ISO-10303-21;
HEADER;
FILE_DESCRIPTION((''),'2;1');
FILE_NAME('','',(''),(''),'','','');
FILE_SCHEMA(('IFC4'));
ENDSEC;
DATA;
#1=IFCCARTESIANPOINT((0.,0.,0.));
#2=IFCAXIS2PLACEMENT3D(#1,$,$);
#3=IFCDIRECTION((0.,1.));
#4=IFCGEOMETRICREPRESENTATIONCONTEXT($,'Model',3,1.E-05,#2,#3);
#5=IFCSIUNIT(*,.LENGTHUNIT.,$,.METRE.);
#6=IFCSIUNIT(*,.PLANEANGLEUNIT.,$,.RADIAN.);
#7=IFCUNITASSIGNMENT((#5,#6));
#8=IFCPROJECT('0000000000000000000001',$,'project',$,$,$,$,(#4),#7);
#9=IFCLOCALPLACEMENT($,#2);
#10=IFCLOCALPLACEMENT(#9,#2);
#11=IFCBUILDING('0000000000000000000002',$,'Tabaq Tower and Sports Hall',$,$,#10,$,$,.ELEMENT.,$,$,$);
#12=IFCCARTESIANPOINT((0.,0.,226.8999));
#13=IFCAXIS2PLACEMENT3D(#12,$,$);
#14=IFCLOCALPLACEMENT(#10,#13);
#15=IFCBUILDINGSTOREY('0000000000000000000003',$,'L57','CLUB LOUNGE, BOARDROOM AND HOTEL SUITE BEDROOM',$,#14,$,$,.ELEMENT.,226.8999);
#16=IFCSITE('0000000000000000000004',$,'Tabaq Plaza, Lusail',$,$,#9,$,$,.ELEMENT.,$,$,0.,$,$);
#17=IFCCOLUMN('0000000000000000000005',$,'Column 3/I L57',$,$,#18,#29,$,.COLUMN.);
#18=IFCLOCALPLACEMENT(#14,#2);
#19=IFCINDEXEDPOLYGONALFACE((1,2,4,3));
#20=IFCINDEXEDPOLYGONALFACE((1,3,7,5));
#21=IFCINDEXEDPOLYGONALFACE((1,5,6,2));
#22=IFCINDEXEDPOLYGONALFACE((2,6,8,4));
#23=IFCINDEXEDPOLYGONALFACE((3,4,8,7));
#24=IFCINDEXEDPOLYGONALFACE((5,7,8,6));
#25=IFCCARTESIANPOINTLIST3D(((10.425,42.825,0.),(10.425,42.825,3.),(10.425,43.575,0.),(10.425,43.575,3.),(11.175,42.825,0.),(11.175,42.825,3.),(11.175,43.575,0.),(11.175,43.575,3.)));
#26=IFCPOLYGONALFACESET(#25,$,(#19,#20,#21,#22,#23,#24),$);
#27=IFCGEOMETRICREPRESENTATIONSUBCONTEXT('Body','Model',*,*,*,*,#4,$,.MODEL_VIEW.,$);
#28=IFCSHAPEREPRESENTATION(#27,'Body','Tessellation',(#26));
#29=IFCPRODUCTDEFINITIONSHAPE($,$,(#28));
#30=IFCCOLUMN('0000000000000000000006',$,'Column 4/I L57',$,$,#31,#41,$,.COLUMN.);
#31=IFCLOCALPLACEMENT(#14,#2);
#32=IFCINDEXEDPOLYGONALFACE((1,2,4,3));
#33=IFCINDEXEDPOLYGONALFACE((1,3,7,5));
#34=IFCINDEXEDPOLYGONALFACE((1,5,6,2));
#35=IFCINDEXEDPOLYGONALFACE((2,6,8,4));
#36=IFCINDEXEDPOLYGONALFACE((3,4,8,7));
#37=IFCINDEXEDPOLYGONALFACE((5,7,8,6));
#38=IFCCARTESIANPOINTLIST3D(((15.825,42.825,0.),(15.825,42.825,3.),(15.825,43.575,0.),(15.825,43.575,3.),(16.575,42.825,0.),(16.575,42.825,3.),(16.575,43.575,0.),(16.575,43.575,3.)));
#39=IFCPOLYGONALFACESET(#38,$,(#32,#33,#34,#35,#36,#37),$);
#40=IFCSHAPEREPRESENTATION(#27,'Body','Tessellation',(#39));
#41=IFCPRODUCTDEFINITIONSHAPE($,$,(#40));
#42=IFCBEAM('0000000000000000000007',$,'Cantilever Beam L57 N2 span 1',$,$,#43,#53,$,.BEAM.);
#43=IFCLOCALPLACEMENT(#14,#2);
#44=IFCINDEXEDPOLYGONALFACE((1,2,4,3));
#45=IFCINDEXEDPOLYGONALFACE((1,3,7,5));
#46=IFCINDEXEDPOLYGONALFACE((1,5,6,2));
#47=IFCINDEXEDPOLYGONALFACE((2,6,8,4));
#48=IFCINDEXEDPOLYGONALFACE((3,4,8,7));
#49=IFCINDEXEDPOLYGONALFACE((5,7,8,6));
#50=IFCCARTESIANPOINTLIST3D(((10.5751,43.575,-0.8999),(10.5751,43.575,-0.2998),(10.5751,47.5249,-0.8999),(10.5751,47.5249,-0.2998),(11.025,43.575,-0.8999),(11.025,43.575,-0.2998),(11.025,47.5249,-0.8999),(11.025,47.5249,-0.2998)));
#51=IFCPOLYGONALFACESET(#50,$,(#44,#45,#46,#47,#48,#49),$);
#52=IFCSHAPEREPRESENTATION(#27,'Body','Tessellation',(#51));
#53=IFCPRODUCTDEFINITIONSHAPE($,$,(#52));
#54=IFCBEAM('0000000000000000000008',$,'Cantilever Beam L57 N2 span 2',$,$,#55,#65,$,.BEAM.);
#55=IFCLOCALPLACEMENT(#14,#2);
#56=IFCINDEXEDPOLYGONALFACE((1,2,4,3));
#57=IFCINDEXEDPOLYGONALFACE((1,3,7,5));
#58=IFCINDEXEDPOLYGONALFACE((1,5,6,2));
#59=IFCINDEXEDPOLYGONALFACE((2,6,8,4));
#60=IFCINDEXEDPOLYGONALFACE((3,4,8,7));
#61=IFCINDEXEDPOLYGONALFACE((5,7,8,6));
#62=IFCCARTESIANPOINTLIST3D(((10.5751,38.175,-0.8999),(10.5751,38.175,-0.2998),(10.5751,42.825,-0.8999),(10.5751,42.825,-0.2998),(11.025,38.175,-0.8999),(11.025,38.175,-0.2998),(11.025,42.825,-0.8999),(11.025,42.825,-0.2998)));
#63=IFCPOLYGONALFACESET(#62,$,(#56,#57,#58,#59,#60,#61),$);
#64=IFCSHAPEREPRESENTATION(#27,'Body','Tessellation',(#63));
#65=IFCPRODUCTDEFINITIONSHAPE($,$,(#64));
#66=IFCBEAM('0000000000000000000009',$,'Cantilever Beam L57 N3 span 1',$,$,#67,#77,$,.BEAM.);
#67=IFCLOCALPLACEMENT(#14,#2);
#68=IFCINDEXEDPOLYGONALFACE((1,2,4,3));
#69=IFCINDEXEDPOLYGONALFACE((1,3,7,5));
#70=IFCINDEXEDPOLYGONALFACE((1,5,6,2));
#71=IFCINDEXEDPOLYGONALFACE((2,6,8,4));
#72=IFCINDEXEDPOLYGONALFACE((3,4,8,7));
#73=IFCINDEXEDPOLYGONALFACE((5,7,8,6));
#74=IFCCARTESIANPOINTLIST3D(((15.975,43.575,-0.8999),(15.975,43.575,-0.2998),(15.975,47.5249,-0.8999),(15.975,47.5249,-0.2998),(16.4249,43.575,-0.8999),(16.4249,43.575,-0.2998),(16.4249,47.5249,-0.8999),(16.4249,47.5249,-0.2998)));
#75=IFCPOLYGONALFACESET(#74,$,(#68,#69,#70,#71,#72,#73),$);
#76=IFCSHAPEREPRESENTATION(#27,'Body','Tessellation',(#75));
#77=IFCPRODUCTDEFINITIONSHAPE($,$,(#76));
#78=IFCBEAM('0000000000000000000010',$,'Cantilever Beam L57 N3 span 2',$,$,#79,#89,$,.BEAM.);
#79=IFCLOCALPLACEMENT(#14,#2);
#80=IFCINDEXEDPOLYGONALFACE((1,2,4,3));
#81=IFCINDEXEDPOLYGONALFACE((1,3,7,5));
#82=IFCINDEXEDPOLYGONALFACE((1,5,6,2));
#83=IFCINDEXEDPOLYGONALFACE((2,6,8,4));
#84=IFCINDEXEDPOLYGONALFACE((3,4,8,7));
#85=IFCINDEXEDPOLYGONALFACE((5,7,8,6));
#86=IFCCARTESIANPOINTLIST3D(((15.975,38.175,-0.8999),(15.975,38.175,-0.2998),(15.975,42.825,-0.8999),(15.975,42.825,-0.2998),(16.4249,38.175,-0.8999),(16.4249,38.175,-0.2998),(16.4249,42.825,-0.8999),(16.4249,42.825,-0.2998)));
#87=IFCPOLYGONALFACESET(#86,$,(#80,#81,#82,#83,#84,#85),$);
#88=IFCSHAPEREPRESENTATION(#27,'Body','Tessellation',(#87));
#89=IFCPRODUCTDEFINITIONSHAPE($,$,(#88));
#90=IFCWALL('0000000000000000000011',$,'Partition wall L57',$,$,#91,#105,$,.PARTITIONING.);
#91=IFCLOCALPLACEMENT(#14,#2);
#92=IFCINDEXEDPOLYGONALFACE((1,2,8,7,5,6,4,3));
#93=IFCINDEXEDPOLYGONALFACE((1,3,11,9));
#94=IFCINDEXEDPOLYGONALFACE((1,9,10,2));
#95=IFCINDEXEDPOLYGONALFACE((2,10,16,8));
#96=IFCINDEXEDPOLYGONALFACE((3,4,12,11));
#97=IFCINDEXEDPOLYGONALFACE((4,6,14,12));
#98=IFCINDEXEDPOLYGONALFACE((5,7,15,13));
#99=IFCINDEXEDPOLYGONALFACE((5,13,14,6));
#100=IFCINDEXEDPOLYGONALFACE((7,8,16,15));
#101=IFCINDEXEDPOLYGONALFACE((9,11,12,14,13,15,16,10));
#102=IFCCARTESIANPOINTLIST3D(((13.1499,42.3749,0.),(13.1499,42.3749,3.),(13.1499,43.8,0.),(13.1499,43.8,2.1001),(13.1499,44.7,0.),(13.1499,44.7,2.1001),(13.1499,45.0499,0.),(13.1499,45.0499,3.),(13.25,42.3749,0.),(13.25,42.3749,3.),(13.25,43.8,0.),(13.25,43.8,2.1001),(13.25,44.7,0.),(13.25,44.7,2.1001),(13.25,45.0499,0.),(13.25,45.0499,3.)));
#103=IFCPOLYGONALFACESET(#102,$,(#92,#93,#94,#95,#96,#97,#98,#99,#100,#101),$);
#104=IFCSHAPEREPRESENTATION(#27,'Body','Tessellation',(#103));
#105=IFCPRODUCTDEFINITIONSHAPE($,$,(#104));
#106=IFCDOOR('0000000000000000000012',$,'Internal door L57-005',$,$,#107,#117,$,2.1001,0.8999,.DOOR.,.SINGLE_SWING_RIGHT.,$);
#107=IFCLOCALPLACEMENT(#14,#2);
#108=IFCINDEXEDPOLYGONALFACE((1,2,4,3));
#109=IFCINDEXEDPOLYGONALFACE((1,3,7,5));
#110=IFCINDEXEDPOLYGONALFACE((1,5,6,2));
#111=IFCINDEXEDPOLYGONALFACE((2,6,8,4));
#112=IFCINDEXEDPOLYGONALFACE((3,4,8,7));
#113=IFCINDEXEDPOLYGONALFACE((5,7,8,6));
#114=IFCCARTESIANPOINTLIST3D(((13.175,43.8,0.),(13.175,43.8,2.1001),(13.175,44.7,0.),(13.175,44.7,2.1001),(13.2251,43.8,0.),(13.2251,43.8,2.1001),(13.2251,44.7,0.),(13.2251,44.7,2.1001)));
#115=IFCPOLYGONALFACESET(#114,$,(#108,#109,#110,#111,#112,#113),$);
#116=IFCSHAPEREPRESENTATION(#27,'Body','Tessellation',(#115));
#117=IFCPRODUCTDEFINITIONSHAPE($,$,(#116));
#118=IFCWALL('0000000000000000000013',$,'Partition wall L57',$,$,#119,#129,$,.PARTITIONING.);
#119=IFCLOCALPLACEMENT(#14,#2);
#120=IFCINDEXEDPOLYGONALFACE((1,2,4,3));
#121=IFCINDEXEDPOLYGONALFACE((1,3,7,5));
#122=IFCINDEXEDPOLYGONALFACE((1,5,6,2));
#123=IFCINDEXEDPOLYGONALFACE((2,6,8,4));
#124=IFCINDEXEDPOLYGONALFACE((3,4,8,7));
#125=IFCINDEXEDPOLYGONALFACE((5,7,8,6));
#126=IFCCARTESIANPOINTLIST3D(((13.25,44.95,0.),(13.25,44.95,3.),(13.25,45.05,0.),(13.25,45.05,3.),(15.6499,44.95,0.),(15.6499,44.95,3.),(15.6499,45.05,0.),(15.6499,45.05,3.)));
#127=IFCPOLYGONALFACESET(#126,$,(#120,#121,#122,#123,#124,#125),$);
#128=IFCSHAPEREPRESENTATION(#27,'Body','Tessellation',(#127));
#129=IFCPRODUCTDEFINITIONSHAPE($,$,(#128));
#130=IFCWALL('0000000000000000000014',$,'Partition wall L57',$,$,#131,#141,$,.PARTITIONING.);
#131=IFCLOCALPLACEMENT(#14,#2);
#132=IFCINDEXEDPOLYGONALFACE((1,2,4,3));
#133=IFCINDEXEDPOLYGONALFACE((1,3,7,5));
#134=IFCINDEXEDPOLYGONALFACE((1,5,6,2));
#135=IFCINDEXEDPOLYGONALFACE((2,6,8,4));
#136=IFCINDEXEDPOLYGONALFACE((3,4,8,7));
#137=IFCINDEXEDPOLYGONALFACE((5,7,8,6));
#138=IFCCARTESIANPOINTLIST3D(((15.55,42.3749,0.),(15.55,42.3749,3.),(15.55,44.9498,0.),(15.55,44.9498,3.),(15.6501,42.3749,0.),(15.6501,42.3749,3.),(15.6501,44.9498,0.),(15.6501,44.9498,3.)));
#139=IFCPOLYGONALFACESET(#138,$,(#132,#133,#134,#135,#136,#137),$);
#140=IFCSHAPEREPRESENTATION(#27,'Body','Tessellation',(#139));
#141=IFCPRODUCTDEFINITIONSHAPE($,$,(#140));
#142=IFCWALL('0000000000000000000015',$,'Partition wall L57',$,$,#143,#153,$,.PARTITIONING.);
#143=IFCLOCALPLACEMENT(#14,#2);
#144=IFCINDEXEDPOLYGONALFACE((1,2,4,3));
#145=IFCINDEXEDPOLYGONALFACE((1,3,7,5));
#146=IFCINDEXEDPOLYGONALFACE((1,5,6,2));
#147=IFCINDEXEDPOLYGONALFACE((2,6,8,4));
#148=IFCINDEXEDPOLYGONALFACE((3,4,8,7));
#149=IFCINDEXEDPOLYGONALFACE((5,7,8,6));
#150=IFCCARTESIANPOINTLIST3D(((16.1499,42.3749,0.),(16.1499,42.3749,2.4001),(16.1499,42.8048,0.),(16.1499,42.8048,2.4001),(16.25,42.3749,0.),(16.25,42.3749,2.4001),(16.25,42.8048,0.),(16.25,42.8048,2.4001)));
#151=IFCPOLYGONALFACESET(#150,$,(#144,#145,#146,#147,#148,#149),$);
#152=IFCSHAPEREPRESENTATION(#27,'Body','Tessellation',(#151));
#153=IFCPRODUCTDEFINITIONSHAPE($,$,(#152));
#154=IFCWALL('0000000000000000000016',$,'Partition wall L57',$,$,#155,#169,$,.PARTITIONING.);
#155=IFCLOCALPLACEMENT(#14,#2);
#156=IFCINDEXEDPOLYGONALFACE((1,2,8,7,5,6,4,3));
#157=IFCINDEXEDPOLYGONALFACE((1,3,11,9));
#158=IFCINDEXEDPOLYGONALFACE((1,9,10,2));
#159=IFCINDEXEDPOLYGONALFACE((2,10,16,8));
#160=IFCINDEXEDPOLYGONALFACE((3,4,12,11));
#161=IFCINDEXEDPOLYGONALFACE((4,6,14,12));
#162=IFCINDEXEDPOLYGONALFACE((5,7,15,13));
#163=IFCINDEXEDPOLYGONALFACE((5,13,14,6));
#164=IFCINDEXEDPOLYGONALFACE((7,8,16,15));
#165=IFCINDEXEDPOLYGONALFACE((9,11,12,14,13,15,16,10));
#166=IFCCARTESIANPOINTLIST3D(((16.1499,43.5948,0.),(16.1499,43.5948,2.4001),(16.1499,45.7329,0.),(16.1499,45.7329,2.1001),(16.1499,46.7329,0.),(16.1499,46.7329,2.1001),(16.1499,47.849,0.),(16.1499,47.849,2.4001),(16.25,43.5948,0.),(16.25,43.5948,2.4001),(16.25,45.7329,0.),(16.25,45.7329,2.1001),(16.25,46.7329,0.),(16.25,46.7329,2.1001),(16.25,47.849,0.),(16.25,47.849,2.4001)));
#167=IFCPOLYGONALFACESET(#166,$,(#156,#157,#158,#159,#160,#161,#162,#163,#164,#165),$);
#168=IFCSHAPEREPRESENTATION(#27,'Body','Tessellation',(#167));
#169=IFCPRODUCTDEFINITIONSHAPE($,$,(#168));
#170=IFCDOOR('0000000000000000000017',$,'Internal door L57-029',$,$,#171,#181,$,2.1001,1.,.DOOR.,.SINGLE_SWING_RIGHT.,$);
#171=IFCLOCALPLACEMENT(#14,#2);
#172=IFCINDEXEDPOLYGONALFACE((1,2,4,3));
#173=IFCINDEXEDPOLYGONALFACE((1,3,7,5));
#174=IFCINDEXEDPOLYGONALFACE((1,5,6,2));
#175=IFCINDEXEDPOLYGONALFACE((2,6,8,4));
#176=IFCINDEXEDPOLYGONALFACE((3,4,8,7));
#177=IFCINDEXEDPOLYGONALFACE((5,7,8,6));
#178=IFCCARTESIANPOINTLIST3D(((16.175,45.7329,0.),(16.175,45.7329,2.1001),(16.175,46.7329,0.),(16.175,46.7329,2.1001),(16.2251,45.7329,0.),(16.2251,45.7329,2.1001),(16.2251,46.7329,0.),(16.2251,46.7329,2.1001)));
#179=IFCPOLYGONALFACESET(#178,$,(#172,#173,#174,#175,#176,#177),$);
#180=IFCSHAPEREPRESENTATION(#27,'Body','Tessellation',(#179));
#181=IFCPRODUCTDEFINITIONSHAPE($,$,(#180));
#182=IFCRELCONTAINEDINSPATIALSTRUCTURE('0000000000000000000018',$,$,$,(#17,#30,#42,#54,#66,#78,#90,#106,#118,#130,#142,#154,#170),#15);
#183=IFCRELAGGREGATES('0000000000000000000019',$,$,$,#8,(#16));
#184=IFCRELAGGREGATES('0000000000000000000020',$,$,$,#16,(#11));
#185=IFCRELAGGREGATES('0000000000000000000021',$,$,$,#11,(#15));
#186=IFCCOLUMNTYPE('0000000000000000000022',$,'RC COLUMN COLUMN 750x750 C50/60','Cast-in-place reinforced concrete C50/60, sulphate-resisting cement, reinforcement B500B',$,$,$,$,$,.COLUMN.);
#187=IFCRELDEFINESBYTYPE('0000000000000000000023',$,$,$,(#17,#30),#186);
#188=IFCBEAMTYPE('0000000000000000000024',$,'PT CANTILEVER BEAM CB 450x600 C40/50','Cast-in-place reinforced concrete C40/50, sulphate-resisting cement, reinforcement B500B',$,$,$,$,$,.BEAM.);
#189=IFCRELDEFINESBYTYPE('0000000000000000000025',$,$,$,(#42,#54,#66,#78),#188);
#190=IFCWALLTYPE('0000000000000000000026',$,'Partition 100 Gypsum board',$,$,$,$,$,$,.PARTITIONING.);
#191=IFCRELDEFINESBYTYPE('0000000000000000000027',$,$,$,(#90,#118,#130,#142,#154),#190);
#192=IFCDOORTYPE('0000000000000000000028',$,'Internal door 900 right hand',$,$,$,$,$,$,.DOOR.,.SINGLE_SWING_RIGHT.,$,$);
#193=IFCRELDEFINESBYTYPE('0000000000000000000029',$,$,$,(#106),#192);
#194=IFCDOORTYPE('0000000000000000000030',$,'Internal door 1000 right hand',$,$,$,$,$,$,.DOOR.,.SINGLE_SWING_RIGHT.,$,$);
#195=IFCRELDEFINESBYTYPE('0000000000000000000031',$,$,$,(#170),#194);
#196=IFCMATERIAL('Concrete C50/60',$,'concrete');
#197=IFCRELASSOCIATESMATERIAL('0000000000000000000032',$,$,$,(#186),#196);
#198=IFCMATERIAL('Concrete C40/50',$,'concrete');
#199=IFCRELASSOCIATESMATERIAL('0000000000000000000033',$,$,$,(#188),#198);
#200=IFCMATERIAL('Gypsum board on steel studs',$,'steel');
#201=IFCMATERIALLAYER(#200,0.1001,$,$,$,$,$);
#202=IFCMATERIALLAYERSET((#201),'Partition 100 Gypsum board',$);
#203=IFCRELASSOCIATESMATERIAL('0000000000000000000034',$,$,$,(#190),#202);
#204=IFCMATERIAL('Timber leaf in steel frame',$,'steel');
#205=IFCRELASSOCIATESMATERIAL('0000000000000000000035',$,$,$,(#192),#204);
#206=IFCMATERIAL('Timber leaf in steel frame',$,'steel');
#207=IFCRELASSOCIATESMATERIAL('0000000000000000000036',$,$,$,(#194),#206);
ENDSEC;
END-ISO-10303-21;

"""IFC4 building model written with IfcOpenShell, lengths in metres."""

from ifc_helpers import new_model, si_unit, direction, frame, frame_2d, origin, origin_2d, place, context, subcontext, project, spatial, rectangle, extrude, material, layer, layer_set, material_profile, profile_set, type_object, element, fill, save


model = new_model("IFC4")

# Units and contexts
model_context = context("Model", 3, precision=1e-05, world=origin(), true_north=direction((0.0, 1.0)))
body_context = subcontext(model_context, "Body", "Model", "MODEL_VIEW")
ifc_project = project(units=[si_unit("LENGTHUNIT", "METRE"), si_unit("PLANEANGLEUNIT", "RADIAN")], contexts=[model_context])

# Site, building, storey
site_placement = place(None, origin())
site = spatial("IfcSite", under=ifc_project, at=site_placement, Name="Tabaq Plaza, Lusail", CompositionType="ELEMENT", RefElevation=0.0)
building_placement = place(site_placement, origin())
building = spatial("IfcBuilding", under=site, at=building_placement, Name="Tabaq Tower and Sports Hall", CompositionType="ELEMENT")
storey_placement = place(building_placement, frame((0.0, 0.0, 226.8999)))
storey = spatial("IfcBuildingStorey", under=building, at=storey_placement, Name="L57", Description="CLUB LOUNGE, BOARDROOM AND HOTEL SUITE BEDROOM", CompositionType="ELEMENT", Elevation=226.8999)

# Columns
ifc_material_1 = material(Name="Concrete C50/60", Category="concrete")
ifc_material_profile_1 = material_profile(ifc_material_1, rectangle(XDim=0.75, YDim=0.75, at=origin_2d()), Name="COLUMN 750x750")
ifc_profile_set_1 = profile_set([ifc_material_profile_1], Name="Concrete C50/60")
column_type = type_object("IfcColumnType", Name="RC COLUMN COLUMN 750x750 C50/60", Description="Cast-in-place reinforced concrete C50/60, sulphate-resisting cement, reinforcement B500B", PredefinedType="COLUMN", material=ifc_profile_set_1)
for number, where, z_axis, x_axis, name in (
    (1, (10.8, 43.2, 0.0), (0.0, 0.0, 1.0), (1.0, 0.0, 0.0), "Column 3/I L57"),
    (2, (16.2, 43.2, 0.0), (0.0, 0.0, 1.0), (1.0, 0.0, 0.0), "Column 4/I L57"),
):
    element("IfcColumn", number, at=place(storey_placement, frame(where, z_axis=z_axis, x_axis=x_axis)), inside=storey, type_object=column_type, Name=name, PredefinedType="COLUMN", context=body_context, shape_type="SweptSolid", body=[
        extrude(rectangle(XDim=0.75, YDim=0.75, at=origin_2d()), origin(), (0.0, 0.0, 1.0), 3.0),
    ])

# Beams
ifc_material_2 = material(Name="Concrete C40/50", Category="concrete")
ifc_material_profile_2 = material_profile(ifc_material_2, rectangle(XDim=0.45, YDim=0.6001, at=origin_2d()), Name="CB 450x600")
ifc_profile_set_2 = profile_set([ifc_material_profile_2], Name="Concrete C40/50")
beam_type = type_object("IfcBeamType", Name="PT CANTILEVER BEAM CB 450x600 C40/50", Description="Cast-in-place reinforced concrete C40/50, sulphate-resisting cement, reinforcement B500B", PredefinedType="BEAM", material=ifc_profile_set_2)
beam_1_placement = place(storey_placement, frame((10.8, 47.5249, -0.5999), z_axis=(0.0, -1.0, 0.0), x_axis=(1.0, 0.0, 0.0)))
element("IfcBeam", 3, at=beam_1_placement, inside=storey, type_object=beam_type, Name="Cantilever Beam L57 N2 span 1", PredefinedType="BEAM", context=body_context, shape_type="SweptSolid", body=[
    extrude(rectangle(XDim=0.45, YDim=0.6001, at=origin_2d()), origin(), (0.0, 0.0, 1.0), 3.95),
])
beam_2_placement = place(storey_placement, frame((10.8, 42.825, -0.5999), z_axis=(0.0, -1.0, 0.0), x_axis=(1.0, 0.0, 0.0)))
element("IfcBeam", 4, at=beam_2_placement, inside=storey, type_object=beam_type, Name="Cantilever Beam L57 N2 span 2", PredefinedType="BEAM", context=body_context, shape_type="SweptSolid", body=[
    extrude(rectangle(XDim=0.45, YDim=0.6001, at=origin_2d()), origin(), (0.0, 0.0, 1.0), 4.6499),
])
beam_3_placement = place(storey_placement, frame((16.2, 47.5249, -0.5999), z_axis=(0.0, -1.0, 0.0), x_axis=(1.0, 0.0, 0.0)))
element("IfcBeam", 5, at=beam_3_placement, inside=storey, type_object=beam_type, Name="Cantilever Beam L57 N3 span 1", PredefinedType="BEAM", context=body_context, shape_type="SweptSolid", body=[
    extrude(rectangle(XDim=0.45, YDim=0.6001, at=origin_2d()), origin(), (0.0, 0.0, 1.0), 3.95),
])
beam_4_placement = place(storey_placement, frame((16.2, 42.825, -0.5999), z_axis=(0.0, -1.0, 0.0), x_axis=(1.0, 0.0, 0.0)))
element("IfcBeam", 6, at=beam_4_placement, inside=storey, type_object=beam_type, Name="Cantilever Beam L57 N3 span 2", PredefinedType="BEAM", context=body_context, shape_type="SweptSolid", body=[
    extrude(rectangle(XDim=0.45, YDim=0.6001, at=origin_2d()), origin(), (0.0, 0.0, 1.0), 4.6499),
])

# Wall, opening, door
ifc_material_3 = material(Name="Gypsum board on steel studs", Category="steel")
ifc_layer_1 = layer(ifc_material_3, 0.1001)
ifc_layer_set_1 = layer_set([ifc_layer_1], Name="Partition 100 Gypsum board")
wall_type_1 = type_object("IfcWallType", Name="Partition 100 Gypsum board", PredefinedType="PARTITIONING", material=ifc_layer_set_1)
wall_1_placement = place(storey_placement, frame((13.2, 42.375, 0.0), z_axis=(0.0, 0.0, 1.0), x_axis=(0.0, 1.0, 0.0)))
wall_1 = element("IfcWall", 7, at=wall_1_placement, inside=storey, type_object=wall_type_1, Name="Partition wall L57", PredefinedType="PARTITIONING", context=body_context, shape_type="SweptSolid", body=[
    extrude(rectangle(XDim=2.675, YDim=0.1001, at=frame_2d((1.3374, 0.0))), origin(), (0.0, 0.0, 1.0), 3.0),
])
opening_1_placement = place(wall_1_placement, frame((1.425, 0.0, 0.0)))
opening_1 = element("IfcOpeningElement", 8, at=opening_1_placement, cuts=wall_1, PredefinedType="OPENING", context=body_context, shape_type="SweptSolid", body=[
    extrude(rectangle(XDim=0.8999, YDim=2.1001, at=frame_2d((0.45, 1.05))), frame((0.0, 0.05, 0.0), z_axis=(0.0, -1.0, 0.0), x_axis=(1.0, 0.0, 0.0)), (0.0, 0.0, 1.0), 0.1001),
])
ifc_material_4 = material(Name="Timber leaf in steel frame", Category="steel")
door_type_1 = type_object("IfcDoorType", Name="Internal door 900 right hand", OperationType="SINGLE_SWING_RIGHT", PredefinedType="DOOR", material=ifc_material_4)
door_1_placement = place(opening_1_placement, origin())
door_1 = element("IfcDoor", 9, at=door_1_placement, inside=storey, type_object=door_type_1, Name="Internal door L57-005", OperationType="SINGLE_SWING_RIGHT", OverallHeight=2.1001, OverallWidth=0.8999, PredefinedType="DOOR", context=body_context, shape_type="SweptSolid", body=[
    extrude(rectangle(XDim=0.8999, YDim=2.1001, at=frame_2d((0.45, 1.05))), frame((0.0, 0.0249, 0.0), z_axis=(0.0, -1.0, 0.0), x_axis=(1.0, 0.0, 0.0)), (0.0, 0.0, 1.0), 0.05),
])
fill(opening_1, door_1)

# Walls
wall_2_placement = place(storey_placement, frame((13.25, 45.0, 0.0), z_axis=(0.0, 0.0, 1.0), x_axis=(1.0, 0.0, 0.0)))
element("IfcWall", 10, at=wall_2_placement, inside=storey, type_object=wall_type_1, Name="Partition wall L57", PredefinedType="PARTITIONING", context=body_context, shape_type="SweptSolid", body=[
    extrude(rectangle(XDim=2.3999, YDim=0.1001, at=frame_2d((1.2, 0.0))), origin(), (0.0, 0.0, 1.0), 3.0),
])
wall_3_placement = place(storey_placement, frame((15.6001, 44.95, 0.0), z_axis=(0.0, 0.0, 1.0), x_axis=(0.0, -1.0, 0.0)))
element("IfcWall", 11, at=wall_3_placement, inside=storey, type_object=wall_type_1, Name="Partition wall L57", PredefinedType="PARTITIONING", context=body_context, shape_type="SweptSolid", body=[
    extrude(rectangle(XDim=2.575, YDim=0.1001, at=frame_2d((1.2876, 0.0))), origin(), (0.0, 0.0, 1.0), 3.0),
])
wall_4_placement = place(storey_placement, frame((16.2, 42.375, 0.0), z_axis=(0.0, 0.0, 1.0), x_axis=(0.0, 1.0, 0.0)))
element("IfcWall", 12, at=wall_4_placement, inside=storey, type_object=wall_type_1, Name="Partition wall L57", PredefinedType="PARTITIONING", context=body_context, shape_type="SweptSolid", body=[
    extrude(rectangle(XDim=0.4299, YDim=0.1001, at=frame_2d((0.2148, 0.0))), origin(), (0.0, 0.0, 1.0), 2.4001),
])

# Wall, opening, door
wall_5_placement = place(storey_placement, frame((16.2, 43.595, 0.0), z_axis=(0.0, 0.0, 1.0), x_axis=(0.0, 1.0, 0.0)))
wall_5 = element("IfcWall", 13, at=wall_5_placement, inside=storey, type_object=wall_type_1, Name="Partition wall L57", PredefinedType="PARTITIONING", context=body_context, shape_type="SweptSolid", body=[
    extrude(rectangle(XDim=4.2542, YDim=0.1001, at=frame_2d((2.127, 0.0))), origin(), (0.0, 0.0, 1.0), 2.4001),
])
opening_2_placement = place(wall_5_placement, frame((2.1379, 0.0, 0.0)))
opening_2 = element("IfcOpeningElement", 14, at=opening_2_placement, cuts=wall_5, PredefinedType="OPENING", context=body_context, shape_type="SweptSolid", body=[
    extrude(rectangle(XDim=1.0, YDim=2.1001, at=frame_2d((0.5, 1.05))), frame((0.0, 0.05, 0.0), z_axis=(0.0, -1.0, 0.0), x_axis=(1.0, 0.0, 0.0)), (0.0, 0.0, 1.0), 0.1001),
])
ifc_material_5 = material(Name="Timber leaf in steel frame", Category="steel")
door_type_2 = type_object("IfcDoorType", Name="Internal door 1000 right hand", OperationType="SINGLE_SWING_RIGHT", PredefinedType="DOOR", material=ifc_material_5)
door_2_placement = place(opening_2_placement, origin())
door_2 = element("IfcDoor", 15, at=door_2_placement, inside=storey, type_object=door_type_2, Name="Internal door L57-029", OperationType="SINGLE_SWING_RIGHT", OverallHeight=2.1001, OverallWidth=1.0, PredefinedType="DOOR", context=body_context, shape_type="SweptSolid", body=[
    extrude(rectangle(XDim=1.0, YDim=2.1001, at=frame_2d((0.5, 1.05))), frame((0.0, 0.0249, 0.0), z_axis=(0.0, -1.0, 0.0), x_axis=(1.0, 0.0, 0.0)), (0.0, 0.0, 1.0), 0.05),
])
fill(opening_2, door_2)

save(model, "model.ifc")
